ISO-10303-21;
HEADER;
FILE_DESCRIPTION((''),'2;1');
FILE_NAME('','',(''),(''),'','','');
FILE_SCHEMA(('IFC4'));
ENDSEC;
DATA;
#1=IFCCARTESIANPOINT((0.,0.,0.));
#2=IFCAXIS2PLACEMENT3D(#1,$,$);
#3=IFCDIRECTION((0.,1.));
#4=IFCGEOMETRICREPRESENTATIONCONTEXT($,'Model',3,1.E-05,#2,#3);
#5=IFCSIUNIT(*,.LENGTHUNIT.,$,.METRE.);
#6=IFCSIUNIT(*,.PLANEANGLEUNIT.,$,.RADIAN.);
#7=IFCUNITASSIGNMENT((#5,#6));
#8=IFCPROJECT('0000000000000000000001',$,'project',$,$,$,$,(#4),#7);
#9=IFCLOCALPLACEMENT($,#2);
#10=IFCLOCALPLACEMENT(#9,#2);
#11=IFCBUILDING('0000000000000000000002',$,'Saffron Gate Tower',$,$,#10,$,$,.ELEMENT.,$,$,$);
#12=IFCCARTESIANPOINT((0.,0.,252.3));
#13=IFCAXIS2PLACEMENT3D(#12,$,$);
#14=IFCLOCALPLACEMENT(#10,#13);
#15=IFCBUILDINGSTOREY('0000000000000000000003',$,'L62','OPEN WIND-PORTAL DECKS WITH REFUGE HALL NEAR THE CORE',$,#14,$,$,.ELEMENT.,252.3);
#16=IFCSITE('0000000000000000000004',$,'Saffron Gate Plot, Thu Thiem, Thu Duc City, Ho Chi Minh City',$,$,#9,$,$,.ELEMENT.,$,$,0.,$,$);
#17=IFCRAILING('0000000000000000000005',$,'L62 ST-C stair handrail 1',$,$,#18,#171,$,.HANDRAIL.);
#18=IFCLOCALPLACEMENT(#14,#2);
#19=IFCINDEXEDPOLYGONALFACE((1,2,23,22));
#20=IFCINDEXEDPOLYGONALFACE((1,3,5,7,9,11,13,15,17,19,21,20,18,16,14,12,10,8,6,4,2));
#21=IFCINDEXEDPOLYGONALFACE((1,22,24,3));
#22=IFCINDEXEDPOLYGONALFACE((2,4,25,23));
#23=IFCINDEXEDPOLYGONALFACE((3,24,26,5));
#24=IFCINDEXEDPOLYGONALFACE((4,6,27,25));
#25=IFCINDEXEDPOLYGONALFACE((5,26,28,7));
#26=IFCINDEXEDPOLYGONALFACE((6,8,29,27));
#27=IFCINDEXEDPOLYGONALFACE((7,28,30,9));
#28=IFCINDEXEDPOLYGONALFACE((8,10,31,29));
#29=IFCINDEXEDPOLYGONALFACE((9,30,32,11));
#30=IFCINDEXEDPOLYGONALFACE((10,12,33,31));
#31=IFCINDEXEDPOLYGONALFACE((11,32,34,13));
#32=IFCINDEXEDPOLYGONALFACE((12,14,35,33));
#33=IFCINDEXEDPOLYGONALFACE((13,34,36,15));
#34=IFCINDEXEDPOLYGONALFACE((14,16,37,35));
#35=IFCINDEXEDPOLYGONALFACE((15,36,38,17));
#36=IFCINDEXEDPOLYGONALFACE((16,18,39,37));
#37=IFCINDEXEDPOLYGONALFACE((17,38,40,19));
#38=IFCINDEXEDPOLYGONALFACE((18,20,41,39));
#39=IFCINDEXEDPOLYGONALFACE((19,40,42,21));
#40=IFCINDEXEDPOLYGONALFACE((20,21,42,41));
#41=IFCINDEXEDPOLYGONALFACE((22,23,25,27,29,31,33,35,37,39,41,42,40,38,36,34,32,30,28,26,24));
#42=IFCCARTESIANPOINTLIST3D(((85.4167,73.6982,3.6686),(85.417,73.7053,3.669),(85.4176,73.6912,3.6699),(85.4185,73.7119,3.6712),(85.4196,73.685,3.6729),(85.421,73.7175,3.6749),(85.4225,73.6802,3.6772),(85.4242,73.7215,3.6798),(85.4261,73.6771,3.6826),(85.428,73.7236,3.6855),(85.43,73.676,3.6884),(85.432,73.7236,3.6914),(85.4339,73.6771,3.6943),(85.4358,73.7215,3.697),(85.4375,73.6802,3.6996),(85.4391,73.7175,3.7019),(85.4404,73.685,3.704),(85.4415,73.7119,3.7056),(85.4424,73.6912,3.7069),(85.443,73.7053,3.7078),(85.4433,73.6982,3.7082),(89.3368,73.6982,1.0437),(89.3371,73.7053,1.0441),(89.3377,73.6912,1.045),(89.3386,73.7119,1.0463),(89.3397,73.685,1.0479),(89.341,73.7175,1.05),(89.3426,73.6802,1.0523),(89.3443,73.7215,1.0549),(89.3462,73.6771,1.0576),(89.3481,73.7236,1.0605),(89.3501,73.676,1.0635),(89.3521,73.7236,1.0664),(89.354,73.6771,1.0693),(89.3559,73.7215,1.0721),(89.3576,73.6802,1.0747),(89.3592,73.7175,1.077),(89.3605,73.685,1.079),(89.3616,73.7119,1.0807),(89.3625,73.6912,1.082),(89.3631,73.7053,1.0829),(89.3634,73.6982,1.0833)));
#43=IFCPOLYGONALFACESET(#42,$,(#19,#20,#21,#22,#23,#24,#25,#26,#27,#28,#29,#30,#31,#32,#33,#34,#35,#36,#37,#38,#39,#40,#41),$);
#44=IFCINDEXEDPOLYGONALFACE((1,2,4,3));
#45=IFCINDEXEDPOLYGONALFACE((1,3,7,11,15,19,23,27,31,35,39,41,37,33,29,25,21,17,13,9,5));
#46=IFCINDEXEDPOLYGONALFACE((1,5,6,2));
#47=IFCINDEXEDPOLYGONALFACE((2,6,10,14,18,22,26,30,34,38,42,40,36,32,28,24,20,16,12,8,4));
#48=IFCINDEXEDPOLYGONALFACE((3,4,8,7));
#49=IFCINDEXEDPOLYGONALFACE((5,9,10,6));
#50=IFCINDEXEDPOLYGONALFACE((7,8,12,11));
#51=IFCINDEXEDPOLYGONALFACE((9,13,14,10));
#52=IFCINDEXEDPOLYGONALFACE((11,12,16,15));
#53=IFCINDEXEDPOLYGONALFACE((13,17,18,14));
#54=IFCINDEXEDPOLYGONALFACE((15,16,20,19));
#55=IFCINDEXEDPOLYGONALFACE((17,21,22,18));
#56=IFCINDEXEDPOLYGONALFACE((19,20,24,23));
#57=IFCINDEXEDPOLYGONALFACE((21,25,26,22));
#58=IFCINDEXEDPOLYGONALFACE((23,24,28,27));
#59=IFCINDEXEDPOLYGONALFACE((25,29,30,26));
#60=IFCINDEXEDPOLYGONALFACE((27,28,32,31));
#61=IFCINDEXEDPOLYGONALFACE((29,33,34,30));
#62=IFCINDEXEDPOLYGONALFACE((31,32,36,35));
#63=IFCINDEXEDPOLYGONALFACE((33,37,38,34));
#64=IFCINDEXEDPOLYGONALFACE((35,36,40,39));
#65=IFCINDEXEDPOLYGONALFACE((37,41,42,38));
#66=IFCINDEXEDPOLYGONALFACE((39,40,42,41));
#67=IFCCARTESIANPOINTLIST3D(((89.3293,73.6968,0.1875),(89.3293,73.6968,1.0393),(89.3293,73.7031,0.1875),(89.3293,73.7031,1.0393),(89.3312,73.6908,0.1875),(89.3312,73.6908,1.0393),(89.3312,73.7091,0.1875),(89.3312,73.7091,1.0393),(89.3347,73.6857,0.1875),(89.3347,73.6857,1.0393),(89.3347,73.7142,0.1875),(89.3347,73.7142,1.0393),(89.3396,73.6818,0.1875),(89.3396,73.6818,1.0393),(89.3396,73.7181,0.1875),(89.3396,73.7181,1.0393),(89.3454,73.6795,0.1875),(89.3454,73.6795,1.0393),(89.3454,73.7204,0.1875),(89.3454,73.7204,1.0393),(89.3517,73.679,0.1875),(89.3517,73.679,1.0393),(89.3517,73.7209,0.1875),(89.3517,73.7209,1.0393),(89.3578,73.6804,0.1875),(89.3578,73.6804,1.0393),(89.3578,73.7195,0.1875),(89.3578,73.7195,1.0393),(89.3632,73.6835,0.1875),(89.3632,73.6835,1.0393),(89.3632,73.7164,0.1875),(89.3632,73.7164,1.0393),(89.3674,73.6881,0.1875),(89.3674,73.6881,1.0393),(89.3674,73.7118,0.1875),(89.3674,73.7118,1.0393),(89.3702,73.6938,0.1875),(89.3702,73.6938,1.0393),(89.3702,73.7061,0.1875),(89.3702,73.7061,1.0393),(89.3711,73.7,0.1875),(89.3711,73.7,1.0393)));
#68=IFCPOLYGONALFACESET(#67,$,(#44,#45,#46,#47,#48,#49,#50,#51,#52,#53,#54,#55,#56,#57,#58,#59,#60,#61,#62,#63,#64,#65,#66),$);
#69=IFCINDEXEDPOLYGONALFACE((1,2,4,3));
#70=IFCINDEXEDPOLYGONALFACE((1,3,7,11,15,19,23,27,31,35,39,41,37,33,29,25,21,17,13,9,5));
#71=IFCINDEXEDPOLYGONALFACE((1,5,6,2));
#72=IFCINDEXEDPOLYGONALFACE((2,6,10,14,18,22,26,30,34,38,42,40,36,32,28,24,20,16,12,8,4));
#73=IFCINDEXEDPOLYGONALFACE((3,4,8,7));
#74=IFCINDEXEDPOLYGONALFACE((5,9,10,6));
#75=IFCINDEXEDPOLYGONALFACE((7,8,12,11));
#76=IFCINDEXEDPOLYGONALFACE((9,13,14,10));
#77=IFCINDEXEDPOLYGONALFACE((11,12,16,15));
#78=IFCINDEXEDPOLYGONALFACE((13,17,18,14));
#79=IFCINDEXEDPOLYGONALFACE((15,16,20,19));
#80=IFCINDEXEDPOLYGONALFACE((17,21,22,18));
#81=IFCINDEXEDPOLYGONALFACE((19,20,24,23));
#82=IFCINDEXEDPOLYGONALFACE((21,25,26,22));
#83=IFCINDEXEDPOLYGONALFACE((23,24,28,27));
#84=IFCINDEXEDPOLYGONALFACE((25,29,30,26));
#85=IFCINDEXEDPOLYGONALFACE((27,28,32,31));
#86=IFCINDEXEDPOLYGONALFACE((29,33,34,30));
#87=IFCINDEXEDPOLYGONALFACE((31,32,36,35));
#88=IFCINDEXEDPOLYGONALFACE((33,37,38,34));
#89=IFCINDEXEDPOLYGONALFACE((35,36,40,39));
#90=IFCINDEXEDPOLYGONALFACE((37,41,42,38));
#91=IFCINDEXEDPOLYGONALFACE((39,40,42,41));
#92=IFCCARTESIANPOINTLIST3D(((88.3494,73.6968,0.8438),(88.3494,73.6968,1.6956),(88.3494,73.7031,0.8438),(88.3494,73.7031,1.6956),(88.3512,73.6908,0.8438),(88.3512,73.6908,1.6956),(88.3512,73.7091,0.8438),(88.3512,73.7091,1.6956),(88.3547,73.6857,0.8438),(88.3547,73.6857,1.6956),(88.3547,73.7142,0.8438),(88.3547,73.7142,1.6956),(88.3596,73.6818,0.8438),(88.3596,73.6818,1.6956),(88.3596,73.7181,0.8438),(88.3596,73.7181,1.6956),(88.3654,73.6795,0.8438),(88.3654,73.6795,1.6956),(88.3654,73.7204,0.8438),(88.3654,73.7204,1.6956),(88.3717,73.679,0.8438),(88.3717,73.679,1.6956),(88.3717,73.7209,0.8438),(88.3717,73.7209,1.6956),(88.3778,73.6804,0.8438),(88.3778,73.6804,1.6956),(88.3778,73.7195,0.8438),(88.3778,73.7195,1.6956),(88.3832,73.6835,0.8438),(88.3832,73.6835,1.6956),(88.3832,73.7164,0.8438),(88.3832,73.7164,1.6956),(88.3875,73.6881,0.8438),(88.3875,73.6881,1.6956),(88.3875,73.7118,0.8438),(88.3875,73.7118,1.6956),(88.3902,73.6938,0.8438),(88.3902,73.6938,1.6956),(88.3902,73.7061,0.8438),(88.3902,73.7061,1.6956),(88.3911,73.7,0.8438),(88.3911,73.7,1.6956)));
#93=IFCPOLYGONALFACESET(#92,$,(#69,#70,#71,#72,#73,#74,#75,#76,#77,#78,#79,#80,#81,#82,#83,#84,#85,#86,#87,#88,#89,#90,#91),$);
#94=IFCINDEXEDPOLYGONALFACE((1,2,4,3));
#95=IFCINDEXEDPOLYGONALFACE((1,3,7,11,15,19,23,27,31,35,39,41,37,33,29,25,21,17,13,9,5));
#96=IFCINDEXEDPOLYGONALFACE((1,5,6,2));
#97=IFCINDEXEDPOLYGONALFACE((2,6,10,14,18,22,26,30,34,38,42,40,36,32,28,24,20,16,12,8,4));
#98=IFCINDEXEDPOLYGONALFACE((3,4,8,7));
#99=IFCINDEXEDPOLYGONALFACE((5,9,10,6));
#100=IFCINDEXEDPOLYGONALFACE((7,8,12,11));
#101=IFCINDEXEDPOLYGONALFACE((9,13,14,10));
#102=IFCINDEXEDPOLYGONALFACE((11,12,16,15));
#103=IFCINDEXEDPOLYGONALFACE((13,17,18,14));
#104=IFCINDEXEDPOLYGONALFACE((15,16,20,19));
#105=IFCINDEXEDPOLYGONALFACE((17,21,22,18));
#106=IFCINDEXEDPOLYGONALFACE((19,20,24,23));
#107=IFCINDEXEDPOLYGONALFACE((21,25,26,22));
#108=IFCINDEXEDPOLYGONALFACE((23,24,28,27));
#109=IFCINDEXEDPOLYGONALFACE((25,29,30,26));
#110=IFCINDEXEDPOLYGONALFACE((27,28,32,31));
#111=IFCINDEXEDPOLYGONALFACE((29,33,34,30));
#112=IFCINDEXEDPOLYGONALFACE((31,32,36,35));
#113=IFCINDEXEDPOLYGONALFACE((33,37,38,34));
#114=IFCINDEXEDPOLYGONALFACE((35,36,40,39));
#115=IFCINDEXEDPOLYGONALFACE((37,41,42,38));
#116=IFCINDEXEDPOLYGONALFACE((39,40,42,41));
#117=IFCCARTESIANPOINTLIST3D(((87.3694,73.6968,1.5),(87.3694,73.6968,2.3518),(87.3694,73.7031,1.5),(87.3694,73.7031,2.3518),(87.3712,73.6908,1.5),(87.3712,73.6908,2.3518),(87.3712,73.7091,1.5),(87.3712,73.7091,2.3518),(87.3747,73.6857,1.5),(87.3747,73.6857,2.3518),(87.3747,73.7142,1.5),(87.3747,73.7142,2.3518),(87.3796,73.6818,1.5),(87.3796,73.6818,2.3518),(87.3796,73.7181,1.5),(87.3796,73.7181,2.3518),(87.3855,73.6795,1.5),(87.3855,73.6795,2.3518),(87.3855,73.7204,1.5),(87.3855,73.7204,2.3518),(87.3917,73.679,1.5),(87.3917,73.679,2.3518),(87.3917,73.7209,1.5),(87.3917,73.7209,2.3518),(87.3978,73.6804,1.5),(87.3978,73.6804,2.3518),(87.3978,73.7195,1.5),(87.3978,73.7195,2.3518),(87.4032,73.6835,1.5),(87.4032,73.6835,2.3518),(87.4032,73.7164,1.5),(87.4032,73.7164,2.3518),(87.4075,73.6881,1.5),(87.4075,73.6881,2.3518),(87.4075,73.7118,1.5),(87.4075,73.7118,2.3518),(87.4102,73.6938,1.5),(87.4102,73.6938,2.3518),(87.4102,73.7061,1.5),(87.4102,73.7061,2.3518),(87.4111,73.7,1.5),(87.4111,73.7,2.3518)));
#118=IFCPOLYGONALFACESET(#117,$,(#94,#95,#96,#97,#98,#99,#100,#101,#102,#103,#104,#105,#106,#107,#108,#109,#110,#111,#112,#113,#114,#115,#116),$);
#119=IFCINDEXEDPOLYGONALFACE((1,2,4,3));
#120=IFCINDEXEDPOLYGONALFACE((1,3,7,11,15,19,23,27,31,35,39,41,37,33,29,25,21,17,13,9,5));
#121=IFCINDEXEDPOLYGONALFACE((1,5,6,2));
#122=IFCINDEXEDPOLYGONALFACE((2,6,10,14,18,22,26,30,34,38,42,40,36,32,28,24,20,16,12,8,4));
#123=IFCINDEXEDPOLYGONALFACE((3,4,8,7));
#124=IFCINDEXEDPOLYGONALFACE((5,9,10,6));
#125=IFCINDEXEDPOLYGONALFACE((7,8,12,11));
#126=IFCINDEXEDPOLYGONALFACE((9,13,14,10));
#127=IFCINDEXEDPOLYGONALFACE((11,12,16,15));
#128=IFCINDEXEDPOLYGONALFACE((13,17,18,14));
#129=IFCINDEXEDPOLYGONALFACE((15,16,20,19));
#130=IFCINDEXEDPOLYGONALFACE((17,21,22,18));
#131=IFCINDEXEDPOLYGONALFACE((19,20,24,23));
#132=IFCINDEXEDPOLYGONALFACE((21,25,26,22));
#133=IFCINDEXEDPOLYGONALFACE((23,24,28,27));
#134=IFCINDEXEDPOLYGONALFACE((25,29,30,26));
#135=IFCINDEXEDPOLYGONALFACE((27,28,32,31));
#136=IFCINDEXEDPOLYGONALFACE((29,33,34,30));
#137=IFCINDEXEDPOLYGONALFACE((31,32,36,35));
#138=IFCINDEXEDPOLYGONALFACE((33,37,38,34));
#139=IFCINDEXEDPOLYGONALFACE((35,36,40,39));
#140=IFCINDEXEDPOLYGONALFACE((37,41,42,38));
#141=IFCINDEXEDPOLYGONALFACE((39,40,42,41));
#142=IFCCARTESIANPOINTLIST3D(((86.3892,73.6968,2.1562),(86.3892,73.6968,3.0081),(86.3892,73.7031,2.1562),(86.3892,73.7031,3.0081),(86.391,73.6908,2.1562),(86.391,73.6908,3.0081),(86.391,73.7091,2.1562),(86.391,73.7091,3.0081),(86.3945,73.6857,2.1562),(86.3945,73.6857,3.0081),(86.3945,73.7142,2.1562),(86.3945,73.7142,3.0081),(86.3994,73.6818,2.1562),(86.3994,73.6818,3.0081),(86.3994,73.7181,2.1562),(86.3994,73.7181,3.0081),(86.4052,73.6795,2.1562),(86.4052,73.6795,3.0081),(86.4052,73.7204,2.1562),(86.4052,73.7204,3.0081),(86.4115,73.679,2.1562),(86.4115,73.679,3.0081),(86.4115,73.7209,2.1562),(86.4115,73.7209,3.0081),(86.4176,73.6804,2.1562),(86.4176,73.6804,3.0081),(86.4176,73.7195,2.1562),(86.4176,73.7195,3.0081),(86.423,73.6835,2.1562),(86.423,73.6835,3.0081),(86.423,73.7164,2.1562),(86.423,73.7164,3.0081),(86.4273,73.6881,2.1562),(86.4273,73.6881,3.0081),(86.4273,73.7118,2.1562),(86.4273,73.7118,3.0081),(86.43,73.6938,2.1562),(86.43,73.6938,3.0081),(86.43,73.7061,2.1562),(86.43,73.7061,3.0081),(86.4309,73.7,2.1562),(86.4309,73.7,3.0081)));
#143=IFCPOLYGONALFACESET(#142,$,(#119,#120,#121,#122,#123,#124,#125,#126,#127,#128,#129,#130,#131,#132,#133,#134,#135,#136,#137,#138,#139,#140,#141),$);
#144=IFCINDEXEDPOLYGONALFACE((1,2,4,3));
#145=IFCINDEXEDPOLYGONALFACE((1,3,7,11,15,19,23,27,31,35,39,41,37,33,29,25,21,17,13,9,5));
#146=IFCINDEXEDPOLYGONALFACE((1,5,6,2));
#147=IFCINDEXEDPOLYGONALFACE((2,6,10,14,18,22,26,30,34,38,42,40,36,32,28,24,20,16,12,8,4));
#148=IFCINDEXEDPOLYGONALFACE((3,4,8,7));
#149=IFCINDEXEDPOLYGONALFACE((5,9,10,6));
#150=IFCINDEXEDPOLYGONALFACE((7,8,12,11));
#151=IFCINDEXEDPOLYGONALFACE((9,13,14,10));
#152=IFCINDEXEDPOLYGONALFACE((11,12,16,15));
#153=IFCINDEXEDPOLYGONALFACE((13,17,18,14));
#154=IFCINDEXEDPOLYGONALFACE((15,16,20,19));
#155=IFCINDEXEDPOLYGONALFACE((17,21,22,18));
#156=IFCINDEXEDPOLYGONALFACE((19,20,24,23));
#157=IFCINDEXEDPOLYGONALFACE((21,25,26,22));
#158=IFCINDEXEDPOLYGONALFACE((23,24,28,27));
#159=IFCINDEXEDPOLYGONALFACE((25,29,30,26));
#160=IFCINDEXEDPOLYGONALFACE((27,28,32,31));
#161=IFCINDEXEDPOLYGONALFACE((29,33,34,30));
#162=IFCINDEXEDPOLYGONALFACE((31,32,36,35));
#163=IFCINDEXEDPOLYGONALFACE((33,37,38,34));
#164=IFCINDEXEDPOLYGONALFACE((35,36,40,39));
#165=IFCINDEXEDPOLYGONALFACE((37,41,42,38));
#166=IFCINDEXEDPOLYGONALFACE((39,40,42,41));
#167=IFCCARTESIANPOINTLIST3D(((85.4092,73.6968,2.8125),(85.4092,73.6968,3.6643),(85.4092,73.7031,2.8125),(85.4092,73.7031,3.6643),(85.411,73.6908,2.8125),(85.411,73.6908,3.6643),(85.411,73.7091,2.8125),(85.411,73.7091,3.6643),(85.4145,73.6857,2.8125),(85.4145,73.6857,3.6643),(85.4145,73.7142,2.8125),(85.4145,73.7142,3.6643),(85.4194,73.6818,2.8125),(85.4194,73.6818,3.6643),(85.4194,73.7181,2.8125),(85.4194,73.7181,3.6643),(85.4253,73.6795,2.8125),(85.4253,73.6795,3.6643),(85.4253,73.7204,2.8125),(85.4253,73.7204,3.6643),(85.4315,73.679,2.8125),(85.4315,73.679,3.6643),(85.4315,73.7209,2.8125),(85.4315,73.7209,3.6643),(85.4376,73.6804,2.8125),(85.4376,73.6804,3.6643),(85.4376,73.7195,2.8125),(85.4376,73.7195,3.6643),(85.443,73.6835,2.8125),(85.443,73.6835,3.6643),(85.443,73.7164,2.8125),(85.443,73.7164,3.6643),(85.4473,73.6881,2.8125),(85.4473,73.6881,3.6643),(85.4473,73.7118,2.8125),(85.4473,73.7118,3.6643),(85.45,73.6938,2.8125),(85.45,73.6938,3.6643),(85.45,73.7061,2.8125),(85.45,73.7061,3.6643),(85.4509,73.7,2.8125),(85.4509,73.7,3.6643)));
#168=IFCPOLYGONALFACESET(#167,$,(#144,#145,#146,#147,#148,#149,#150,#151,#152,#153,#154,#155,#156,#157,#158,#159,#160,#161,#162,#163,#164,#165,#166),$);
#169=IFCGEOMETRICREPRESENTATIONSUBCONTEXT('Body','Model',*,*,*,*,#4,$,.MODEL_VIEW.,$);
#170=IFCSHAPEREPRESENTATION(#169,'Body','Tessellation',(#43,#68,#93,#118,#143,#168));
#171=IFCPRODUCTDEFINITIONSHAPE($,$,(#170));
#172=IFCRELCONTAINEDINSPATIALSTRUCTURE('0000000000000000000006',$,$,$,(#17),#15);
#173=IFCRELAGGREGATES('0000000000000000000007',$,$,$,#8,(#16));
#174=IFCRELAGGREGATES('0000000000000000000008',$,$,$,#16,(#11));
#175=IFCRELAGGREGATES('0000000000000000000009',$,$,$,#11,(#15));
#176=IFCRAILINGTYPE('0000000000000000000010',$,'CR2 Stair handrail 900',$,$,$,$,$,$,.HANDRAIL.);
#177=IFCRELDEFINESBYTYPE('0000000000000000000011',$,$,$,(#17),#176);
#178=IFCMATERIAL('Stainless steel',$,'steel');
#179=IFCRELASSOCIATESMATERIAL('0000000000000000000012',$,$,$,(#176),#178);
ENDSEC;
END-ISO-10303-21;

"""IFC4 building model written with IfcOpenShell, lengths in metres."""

from ifc_helpers import new_model, si_unit, direction, frame, origin, origin_2d, place, context, subcontext, project, spatial, circle, extrude, material, type_object, element, save


model = new_model("IFC4")

# Units and contexts
model_context = context("Model", 3, precision=1e-05, world=origin(), true_north=direction((0.0, 1.0)))
body_context = subcontext(model_context, "Body", "Model", "MODEL_VIEW")
ifc_project = project(units=[si_unit("LENGTHUNIT", "METRE"), si_unit("PLANEANGLEUNIT", "RADIAN")], contexts=[model_context])

# Site, building, storey
site_placement = place(None, origin())
site = spatial("IfcSite", under=ifc_project, at=site_placement, Name="Saffron Gate Plot, Thu Thiem, Thu Duc City, Ho Chi Minh City", CompositionType="ELEMENT", RefElevation=0.0)
building_placement = place(site_placement, origin())
building = spatial("IfcBuilding", under=site, at=building_placement, Name="Saffron Gate Tower", CompositionType="ELEMENT")
storey_placement = place(building_placement, frame((0.0, 0.0, 252.3)))
storey = spatial("IfcBuildingStorey", under=building, at=storey_placement, Name="L62", Description="OPEN WIND-PORTAL DECKS WITH REFUGE HALL NEAR THE CORE", CompositionType="ELEMENT", Elevation=252.3)

# Railing
ifc_material_1 = material(Name="Stainless steel", Category="steel")
railing_type = type_object("IfcRailingType", Name="CR2 Stair handrail 900", PredefinedType="HANDRAIL", material=ifc_material_1)
railing_1_placement = place(storey_placement, frame((89.3501, 73.7, 0.1875)))
element("IfcRailing", 1, at=railing_1_placement, inside=storey, type_object=railing_type, Name="L62 ST-C stair handrail 1", PredefinedType="HANDRAIL", context=body_context, shape_type="SweptSolid", body=[
    extrude(circle(Radius=0.0239, at=origin_2d()), frame((0.0, 0.0, 0.876), z_axis=(-0.830918, 0.0, 0.556395), x_axis=(0.0, -1.0, 0.0)), (0.0, 0.0, 1.0), 4.7178),
    extrude(circle(Radius=0.021, at=origin_2d()), origin(), (0.0, 0.0, 1.0), 0.8518),
    extrude(circle(Radius=0.021, at=origin_2d()), frame((-0.98, 0.0, 0.6562)), (0.0, 0.0, 1.0), 0.8518),
    extrude(circle(Radius=0.021, at=origin_2d()), frame((-1.96, 0.0, 1.3125)), (0.0, 0.0, 1.0), 0.8518),
    extrude(circle(Radius=0.021, at=origin_2d()), frame((-2.9402, 0.0, 1.9688)), (0.0, 0.0, 1.0), 0.8518),
    extrude(circle(Radius=0.021, at=origin_2d()), frame((-3.9202, 0.0, 2.625)), (0.0, 0.0, 1.0), 0.8518),
])

save(model, "model.ifc")
